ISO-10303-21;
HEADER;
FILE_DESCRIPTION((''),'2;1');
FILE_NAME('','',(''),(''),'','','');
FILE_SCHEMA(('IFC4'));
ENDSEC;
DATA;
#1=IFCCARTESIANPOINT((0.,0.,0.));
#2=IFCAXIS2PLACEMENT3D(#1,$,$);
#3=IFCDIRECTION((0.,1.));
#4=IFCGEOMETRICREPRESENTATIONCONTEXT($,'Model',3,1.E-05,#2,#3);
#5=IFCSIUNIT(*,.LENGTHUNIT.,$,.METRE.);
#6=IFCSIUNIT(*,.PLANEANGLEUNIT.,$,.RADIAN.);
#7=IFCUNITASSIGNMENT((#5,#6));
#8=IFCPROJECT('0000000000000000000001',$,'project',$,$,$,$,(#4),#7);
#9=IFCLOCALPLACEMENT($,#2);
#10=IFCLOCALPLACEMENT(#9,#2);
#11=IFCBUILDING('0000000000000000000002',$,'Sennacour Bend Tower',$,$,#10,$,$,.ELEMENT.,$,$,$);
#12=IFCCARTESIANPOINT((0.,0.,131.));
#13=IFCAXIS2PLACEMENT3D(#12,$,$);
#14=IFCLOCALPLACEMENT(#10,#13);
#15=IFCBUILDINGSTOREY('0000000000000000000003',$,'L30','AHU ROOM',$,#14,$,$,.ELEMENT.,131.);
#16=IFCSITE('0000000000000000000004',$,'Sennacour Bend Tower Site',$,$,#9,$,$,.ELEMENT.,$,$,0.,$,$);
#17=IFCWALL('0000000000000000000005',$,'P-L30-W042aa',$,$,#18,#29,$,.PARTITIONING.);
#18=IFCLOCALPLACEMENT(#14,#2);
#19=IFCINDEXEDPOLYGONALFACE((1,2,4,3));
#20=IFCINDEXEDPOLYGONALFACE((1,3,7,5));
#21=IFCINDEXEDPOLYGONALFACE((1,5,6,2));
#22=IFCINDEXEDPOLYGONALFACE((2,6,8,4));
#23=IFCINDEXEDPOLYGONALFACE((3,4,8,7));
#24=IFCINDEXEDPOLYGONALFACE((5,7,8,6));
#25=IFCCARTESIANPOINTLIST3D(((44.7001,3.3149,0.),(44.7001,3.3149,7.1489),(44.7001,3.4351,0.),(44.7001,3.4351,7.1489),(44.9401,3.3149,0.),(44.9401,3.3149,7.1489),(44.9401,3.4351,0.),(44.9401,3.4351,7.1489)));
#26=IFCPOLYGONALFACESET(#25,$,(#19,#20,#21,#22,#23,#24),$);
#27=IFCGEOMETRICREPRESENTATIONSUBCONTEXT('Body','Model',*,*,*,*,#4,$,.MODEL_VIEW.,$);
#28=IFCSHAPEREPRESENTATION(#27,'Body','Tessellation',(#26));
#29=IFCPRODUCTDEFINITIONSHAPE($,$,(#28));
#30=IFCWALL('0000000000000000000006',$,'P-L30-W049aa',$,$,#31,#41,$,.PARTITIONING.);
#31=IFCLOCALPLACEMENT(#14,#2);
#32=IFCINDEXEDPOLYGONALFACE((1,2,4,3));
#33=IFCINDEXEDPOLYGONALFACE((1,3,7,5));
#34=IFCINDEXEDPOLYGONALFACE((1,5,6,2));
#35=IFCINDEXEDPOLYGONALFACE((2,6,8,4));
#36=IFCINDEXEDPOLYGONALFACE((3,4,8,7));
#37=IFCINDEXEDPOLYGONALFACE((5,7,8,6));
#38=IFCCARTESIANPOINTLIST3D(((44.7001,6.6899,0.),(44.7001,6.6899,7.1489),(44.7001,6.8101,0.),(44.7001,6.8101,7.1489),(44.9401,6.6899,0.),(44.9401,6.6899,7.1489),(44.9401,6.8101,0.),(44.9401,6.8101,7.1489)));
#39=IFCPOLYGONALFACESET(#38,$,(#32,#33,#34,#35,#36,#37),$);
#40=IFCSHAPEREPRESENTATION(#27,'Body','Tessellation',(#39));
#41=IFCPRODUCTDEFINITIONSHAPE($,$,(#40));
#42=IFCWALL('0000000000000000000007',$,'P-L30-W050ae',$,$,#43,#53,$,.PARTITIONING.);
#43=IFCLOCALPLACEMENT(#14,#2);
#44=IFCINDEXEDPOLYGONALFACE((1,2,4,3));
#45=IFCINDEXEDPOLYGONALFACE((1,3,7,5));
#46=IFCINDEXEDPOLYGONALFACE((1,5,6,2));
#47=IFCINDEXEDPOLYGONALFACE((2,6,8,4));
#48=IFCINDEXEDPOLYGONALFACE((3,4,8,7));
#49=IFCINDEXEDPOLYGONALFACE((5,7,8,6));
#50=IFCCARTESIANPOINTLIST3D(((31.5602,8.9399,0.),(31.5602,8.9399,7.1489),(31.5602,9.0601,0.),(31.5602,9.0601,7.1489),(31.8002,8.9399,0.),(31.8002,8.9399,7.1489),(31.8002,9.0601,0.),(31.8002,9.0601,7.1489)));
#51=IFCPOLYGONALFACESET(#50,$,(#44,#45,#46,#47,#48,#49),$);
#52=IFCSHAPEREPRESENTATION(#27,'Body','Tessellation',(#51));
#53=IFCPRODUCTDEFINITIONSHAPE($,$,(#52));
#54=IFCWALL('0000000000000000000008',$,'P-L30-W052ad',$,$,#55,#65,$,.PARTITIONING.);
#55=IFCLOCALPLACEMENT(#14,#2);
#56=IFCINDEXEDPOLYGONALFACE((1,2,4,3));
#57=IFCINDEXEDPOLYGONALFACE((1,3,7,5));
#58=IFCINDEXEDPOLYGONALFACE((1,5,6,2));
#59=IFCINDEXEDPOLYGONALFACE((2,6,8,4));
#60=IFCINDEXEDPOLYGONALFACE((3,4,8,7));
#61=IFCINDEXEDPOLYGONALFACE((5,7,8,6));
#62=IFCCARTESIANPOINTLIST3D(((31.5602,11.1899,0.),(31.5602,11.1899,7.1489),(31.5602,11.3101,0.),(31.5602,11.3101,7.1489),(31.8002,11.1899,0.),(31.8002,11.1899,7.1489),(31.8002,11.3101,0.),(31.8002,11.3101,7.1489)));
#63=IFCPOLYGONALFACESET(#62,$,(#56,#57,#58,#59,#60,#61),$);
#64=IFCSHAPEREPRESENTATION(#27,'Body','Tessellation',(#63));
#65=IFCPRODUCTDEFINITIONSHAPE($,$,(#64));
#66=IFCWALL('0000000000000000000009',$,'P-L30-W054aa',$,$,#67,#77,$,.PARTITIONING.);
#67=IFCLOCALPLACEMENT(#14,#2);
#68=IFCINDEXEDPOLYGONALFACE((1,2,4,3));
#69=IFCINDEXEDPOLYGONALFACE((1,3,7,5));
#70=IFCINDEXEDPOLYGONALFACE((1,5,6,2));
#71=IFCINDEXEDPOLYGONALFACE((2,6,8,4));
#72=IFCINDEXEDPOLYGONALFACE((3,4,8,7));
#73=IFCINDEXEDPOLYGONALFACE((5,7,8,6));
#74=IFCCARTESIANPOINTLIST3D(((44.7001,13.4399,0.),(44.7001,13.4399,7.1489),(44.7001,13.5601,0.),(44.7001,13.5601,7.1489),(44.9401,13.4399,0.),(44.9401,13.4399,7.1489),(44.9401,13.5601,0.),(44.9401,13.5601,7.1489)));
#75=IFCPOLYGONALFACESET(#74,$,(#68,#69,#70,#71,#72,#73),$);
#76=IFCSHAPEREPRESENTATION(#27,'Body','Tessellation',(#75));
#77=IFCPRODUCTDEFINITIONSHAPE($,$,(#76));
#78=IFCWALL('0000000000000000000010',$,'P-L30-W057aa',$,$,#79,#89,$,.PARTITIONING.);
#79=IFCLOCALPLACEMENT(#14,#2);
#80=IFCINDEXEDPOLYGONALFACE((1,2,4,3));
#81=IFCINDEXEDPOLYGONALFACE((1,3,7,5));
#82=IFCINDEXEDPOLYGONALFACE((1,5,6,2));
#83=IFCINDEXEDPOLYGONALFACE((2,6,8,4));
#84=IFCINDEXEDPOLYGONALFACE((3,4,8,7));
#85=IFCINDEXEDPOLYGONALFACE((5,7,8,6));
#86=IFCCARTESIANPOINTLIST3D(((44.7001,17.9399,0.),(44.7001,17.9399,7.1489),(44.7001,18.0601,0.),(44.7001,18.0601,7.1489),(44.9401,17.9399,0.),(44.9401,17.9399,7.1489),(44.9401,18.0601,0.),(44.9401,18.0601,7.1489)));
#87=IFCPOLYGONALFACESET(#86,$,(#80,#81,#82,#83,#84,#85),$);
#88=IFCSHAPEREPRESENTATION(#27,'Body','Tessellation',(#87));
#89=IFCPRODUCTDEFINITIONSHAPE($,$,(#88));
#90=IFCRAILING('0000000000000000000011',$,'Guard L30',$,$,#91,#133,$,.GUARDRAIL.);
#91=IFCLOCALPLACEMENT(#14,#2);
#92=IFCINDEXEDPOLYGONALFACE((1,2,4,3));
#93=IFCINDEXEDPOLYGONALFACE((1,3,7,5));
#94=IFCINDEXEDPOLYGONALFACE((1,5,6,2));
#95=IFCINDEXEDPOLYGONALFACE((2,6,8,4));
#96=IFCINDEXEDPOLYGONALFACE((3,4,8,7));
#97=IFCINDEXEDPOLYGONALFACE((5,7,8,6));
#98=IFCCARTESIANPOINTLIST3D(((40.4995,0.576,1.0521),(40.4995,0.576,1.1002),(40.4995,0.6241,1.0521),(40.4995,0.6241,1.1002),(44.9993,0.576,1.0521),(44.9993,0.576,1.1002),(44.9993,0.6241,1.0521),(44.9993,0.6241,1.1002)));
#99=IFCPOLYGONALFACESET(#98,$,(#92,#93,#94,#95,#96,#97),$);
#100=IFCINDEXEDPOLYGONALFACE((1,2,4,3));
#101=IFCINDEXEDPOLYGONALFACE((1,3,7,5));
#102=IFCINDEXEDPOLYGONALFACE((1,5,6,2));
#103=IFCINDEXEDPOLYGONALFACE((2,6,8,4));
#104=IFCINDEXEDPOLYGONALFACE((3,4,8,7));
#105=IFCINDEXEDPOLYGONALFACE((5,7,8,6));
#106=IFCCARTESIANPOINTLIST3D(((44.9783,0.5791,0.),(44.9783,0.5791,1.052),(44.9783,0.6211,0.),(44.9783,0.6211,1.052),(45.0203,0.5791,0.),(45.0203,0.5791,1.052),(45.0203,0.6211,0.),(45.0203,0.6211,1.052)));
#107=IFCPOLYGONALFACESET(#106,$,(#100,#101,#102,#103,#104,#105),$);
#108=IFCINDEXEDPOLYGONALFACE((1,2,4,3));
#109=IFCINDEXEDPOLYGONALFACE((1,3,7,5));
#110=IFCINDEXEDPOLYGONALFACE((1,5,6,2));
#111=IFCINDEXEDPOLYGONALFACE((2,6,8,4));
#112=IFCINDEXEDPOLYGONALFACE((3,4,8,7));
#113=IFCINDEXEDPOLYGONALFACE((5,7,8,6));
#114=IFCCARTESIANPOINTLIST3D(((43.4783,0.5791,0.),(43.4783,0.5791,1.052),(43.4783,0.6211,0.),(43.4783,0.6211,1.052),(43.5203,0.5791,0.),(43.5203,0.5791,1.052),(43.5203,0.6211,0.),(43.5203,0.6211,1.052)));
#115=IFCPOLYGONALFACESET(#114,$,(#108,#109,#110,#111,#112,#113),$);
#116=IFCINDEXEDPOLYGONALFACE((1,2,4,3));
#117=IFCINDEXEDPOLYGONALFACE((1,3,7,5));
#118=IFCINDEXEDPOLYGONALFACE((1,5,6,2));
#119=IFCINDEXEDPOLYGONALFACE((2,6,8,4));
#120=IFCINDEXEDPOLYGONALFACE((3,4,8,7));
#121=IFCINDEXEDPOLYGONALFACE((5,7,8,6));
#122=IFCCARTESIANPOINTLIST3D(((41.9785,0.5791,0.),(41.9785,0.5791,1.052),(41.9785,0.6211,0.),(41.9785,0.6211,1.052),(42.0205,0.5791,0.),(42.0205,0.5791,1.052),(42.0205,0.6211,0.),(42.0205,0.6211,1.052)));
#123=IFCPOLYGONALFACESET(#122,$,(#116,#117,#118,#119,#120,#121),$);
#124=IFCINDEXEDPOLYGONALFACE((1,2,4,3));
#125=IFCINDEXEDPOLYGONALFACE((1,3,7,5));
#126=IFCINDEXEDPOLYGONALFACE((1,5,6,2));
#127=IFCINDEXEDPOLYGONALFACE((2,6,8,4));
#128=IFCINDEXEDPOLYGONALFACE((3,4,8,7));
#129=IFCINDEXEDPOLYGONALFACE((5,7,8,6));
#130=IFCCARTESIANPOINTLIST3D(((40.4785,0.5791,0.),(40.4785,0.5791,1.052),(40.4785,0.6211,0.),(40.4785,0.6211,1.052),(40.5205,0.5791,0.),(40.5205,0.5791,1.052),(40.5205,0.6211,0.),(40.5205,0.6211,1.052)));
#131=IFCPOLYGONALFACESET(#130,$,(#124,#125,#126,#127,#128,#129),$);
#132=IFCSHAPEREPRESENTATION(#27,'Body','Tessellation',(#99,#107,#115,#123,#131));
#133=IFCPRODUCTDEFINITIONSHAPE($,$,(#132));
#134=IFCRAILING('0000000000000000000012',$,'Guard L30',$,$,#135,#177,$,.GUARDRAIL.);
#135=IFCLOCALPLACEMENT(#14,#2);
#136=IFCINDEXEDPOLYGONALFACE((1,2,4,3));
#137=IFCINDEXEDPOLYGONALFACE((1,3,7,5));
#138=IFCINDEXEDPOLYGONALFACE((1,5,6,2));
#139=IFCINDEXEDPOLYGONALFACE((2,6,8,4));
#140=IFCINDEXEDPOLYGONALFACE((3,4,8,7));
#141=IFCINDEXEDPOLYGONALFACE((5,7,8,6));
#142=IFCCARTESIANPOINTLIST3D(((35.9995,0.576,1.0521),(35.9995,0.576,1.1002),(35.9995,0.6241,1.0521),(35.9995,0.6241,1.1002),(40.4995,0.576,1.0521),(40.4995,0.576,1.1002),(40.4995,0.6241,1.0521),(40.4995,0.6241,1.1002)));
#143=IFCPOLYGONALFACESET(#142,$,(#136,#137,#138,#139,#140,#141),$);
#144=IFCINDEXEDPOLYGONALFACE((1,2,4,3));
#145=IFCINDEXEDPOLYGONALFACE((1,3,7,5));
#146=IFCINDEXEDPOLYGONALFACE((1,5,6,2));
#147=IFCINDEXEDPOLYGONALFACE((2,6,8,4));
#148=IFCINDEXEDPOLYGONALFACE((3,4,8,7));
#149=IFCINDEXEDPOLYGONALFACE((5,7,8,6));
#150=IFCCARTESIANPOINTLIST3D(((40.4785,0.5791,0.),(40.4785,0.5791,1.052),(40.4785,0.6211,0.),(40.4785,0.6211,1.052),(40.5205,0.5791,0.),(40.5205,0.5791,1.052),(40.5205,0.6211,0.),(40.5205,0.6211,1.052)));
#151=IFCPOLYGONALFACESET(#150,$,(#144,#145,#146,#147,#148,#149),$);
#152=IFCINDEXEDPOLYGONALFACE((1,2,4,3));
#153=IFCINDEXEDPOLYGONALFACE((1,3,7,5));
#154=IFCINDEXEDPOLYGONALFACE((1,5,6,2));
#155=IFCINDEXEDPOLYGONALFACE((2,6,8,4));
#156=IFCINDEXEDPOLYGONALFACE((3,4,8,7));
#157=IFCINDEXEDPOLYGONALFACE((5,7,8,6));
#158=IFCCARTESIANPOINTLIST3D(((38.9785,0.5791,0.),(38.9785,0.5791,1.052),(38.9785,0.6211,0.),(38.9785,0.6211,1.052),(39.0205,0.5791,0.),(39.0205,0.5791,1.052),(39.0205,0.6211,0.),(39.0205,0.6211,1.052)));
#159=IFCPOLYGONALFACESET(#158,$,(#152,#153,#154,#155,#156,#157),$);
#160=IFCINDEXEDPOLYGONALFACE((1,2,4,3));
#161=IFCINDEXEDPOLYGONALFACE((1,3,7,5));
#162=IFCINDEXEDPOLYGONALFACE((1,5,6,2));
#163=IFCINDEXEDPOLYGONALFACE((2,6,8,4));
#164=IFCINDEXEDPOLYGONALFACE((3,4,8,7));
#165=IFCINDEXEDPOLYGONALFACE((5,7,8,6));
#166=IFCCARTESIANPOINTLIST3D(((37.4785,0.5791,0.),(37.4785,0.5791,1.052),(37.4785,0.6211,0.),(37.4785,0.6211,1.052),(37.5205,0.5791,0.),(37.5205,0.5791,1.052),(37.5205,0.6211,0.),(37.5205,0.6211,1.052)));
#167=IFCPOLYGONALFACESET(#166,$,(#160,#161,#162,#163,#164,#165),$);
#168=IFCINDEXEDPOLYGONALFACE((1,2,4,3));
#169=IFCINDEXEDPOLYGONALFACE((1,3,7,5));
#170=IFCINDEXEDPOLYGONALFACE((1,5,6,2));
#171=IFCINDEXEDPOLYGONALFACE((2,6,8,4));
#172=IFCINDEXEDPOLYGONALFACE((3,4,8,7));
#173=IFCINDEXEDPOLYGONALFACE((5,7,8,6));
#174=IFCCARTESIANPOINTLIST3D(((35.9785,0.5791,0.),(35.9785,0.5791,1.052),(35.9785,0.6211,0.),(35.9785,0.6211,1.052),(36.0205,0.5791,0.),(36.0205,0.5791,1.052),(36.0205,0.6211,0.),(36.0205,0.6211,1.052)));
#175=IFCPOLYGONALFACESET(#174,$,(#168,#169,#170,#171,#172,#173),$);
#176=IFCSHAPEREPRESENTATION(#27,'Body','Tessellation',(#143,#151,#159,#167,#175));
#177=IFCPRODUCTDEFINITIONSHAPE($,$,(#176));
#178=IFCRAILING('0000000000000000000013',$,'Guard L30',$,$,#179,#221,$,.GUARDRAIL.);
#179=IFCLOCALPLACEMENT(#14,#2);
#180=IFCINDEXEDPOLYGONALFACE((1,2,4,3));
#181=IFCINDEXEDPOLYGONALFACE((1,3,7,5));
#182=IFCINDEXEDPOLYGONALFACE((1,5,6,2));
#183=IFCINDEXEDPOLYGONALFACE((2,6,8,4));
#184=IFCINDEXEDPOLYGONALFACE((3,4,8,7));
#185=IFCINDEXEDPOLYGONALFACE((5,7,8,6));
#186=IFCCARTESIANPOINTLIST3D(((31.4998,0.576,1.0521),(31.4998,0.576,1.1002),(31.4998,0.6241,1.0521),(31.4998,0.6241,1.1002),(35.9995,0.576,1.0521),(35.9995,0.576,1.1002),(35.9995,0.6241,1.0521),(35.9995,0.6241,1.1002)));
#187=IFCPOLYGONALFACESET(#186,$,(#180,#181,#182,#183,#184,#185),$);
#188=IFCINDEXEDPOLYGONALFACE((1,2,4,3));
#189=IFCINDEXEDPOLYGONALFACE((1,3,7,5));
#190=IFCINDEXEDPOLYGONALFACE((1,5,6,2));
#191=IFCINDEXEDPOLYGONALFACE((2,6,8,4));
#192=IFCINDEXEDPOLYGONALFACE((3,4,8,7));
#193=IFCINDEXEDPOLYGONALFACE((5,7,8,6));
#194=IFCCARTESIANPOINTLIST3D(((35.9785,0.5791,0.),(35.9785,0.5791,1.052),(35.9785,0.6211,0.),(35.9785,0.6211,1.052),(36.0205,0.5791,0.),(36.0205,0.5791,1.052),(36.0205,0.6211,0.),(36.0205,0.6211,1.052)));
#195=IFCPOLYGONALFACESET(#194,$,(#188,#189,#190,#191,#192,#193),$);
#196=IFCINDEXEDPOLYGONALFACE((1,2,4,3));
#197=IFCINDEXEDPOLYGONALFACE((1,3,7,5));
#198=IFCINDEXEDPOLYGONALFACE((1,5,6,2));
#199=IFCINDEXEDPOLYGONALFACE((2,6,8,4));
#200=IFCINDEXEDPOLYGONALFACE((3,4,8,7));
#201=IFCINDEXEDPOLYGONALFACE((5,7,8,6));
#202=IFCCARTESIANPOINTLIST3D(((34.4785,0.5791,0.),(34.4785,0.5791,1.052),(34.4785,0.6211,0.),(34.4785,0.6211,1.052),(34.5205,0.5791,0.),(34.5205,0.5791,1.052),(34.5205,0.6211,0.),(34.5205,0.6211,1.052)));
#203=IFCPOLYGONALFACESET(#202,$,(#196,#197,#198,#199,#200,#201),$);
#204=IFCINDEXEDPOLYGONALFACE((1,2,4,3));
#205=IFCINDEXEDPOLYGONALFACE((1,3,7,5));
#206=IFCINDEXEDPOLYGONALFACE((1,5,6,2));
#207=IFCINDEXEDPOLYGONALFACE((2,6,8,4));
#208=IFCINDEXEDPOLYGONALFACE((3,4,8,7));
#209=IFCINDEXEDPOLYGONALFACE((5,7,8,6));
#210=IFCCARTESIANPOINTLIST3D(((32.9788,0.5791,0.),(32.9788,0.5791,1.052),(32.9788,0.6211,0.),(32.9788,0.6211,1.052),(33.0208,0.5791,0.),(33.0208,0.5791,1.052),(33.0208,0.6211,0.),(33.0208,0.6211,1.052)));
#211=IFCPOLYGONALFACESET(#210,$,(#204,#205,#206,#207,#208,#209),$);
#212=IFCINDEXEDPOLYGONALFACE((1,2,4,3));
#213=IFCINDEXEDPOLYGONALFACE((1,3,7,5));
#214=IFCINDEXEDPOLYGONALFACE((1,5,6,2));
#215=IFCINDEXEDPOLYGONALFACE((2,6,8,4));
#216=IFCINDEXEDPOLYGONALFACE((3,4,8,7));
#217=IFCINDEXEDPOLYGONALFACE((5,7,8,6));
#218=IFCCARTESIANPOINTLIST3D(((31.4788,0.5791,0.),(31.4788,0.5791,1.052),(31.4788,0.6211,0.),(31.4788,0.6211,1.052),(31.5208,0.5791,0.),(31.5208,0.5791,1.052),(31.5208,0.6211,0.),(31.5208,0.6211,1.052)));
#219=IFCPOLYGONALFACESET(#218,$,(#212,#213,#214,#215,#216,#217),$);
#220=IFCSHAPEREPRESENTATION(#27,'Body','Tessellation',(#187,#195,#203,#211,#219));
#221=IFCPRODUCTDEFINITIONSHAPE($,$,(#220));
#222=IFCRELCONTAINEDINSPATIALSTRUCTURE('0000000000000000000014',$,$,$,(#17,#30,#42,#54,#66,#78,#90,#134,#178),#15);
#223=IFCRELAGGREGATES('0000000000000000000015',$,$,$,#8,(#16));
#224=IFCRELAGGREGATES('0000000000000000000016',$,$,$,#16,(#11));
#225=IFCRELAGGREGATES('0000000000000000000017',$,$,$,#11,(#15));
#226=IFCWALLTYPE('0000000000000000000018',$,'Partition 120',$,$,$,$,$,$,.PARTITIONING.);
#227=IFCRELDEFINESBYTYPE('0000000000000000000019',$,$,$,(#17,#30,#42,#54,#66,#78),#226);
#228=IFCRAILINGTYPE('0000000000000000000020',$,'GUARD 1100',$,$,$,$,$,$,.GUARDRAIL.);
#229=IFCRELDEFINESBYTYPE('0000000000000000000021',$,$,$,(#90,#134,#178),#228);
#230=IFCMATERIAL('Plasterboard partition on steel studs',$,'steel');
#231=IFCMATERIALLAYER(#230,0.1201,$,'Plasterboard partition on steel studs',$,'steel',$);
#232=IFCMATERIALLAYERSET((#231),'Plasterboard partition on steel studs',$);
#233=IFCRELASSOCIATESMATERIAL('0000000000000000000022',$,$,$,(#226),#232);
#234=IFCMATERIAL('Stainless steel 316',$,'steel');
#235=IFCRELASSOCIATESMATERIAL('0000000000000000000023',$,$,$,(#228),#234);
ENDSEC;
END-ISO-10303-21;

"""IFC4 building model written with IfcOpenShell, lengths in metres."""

from ifc_helpers import new_model, si_unit, direction, frame, frame_2d, origin, origin_2d, place, context, subcontext, project, spatial, rectangle, extrude, material, layer, layer_set, type_object, element, save


model = new_model("IFC4")

# Units and contexts
model_context = context("Model", 3, precision=1e-05, world=origin(), true_north=direction((0.0, 1.0)))
body_context = subcontext(model_context, "Body", "Model", "MODEL_VIEW")
ifc_project = project(units=[si_unit("LENGTHUNIT", "METRE"), si_unit("PLANEANGLEUNIT", "RADIAN")], contexts=[model_context])

# Site, building, storey
site_placement = place(None, origin())
site = spatial("IfcSite", under=ifc_project, at=site_placement, Name="Sennacour Bend Tower Site", CompositionType="ELEMENT", RefElevation=0.0)
building_placement = place(site_placement, origin())
building = spatial("IfcBuilding", under=site, at=building_placement, Name="Sennacour Bend Tower", CompositionType="ELEMENT")
storey_placement = place(building_placement, frame((0.0, 0.0, 131.0)))
storey = spatial("IfcBuildingStorey", under=building, at=storey_placement, Name="L30", Description="AHU ROOM", CompositionType="ELEMENT", Elevation=131.0)

# Walls
ifc_material_1 = material(Name="Plasterboard partition on steel studs", Category="steel")
ifc_layer_1 = layer(ifc_material_1, 0.1201, Name="Plasterboard partition on steel studs", Category="steel")
ifc_layer_set_1 = layer_set([ifc_layer_1], Name="Plasterboard partition on steel studs")
wall_type = type_object("IfcWallType", Name="Partition 120", PredefinedType="PARTITIONING", material=ifc_layer_set_1)
for number, where, z_axis, x_axis, name in (
    (1, (44.7, 3.375, 0.0), (0.0, 0.0, 1.0), (1.0, 0.0, 0.0), "P-L30-W042aa"),
    (2, (44.7, 6.75, 0.0), (0.0, 0.0, 1.0), (1.0, 0.0, 0.0), "P-L30-W049aa"),
    (3, (31.5601, 9.0, 0.0), (0.0, 0.0, 1.0), (1.0, 0.0, 0.0), "P-L30-W050ae"),
    (4, (31.5601, 11.25, 0.0), (0.0, 0.0, 1.0), (1.0, 0.0, 0.0), "P-L30-W052ad"),
    (5, (44.7, 13.5, 0.0), (0.0, 0.0, 1.0), (1.0, 0.0, 0.0), "P-L30-W054aa"),
    (6, (44.7, 18.0, 0.0), (0.0, 0.0, 1.0), (1.0, 0.0, 0.0), "P-L30-W057aa"),
):
    element("IfcWall", number, at=place(storey_placement, frame(where, z_axis=z_axis, x_axis=x_axis)), inside=storey, type_object=wall_type, Name=name, PredefinedType="PARTITIONING", context=body_context, shape_type="SweptSolid", body=[
        extrude(rectangle(XDim=0.24, YDim=0.1201, at=frame_2d((0.1201, 0.0))), origin(), (0.0, 0.0, 1.0), 7.1489),
    ])

# Railings
ifc_material_2 = material(Name="Stainless steel 316", Category="steel")
railing_type = type_object("IfcRailingType", Name="GUARD 1100", PredefinedType="GUARDRAIL", material=ifc_material_2)
railing_1_placement = place(storey_placement, frame((44.9993, 0.6001, 0.0)))
element("IfcRailing", 7, at=railing_1_placement, inside=storey, type_object=railing_type, Name="Guard L30", PredefinedType="GUARDRAIL", context=body_context, shape_type="SweptSolid", body=[
    extrude(rectangle(XDim=0.0481, YDim=0.0481, at=origin_2d()), frame((0.0, 0.0, 1.0762), z_axis=(-1.0, 0.0, 0.0), x_axis=(0.0, -1.0, 0.0)), (0.0, 0.0, 1.0), 4.4998),
    extrude(rectangle(XDim=0.042, YDim=0.042, at=origin_2d()), origin(), (0.0, 0.0, 1.0), 1.052),
    extrude(rectangle(XDim=0.042, YDim=0.042, at=origin_2d()), frame((-1.5, 0.0, 0.0)), (0.0, 0.0, 1.0), 1.052),
    extrude(rectangle(XDim=0.042, YDim=0.042, at=origin_2d()), frame((-2.9998, 0.0, 0.0)), (0.0, 0.0, 1.0), 1.052),
    extrude(rectangle(XDim=0.042, YDim=0.042, at=origin_2d()), frame((-4.4998, 0.0, 0.0)), (0.0, 0.0, 1.0), 1.052),
])
railing_2_placement = place(storey_placement, frame((40.4995, 0.6001, 0.0)))
element("IfcRailing", 8, at=railing_2_placement, inside=storey, type_object=railing_type, Name="Guard L30", PredefinedType="GUARDRAIL", context=body_context, shape_type="SweptSolid", body=[
    extrude(rectangle(XDim=0.0481, YDim=0.0481, at=origin_2d()), frame((0.0, 0.0, 1.0762), z_axis=(-1.0, 0.0, 0.0), x_axis=(0.0, -1.0, 0.0)), (0.0, 0.0, 1.0), 4.5),
    extrude(rectangle(XDim=0.042, YDim=0.042, at=origin_2d()), origin(), (0.0, 0.0, 1.0), 1.052),
    extrude(rectangle(XDim=0.042, YDim=0.042, at=origin_2d()), frame((-1.5, 0.0, 0.0)), (0.0, 0.0, 1.0), 1.052),
    extrude(rectangle(XDim=0.042, YDim=0.042, at=origin_2d()), frame((-3.0, 0.0, 0.0)), (0.0, 0.0, 1.0), 1.052),
    extrude(rectangle(XDim=0.042, YDim=0.042, at=origin_2d()), frame((-4.5, 0.0, 0.0)), (0.0, 0.0, 1.0), 1.052),
])
railing_3_placement = place(storey_placement, frame((35.9995, 0.6001, 0.0)))
element("IfcRailing", 9, at=railing_3_placement, inside=storey, type_object=railing_type, Name="Guard L30", PredefinedType="GUARDRAIL", context=body_context, shape_type="SweptSolid", body=[
    extrude(rectangle(XDim=0.0481, YDim=0.0481, at=origin_2d()), frame((0.0, 0.0, 1.0762), z_axis=(-1.0, 0.0, 0.0), x_axis=(0.0, -1.0, 0.0)), (0.0, 0.0, 1.0), 4.4998),
    extrude(rectangle(XDim=0.042, YDim=0.042, at=origin_2d()), origin(), (0.0, 0.0, 1.0), 1.052),
    extrude(rectangle(XDim=0.042, YDim=0.042, at=origin_2d()), frame((-1.5, 0.0, 0.0)), (0.0, 0.0, 1.0), 1.052),
    extrude(rectangle(XDim=0.042, YDim=0.042, at=origin_2d()), frame((-2.9998, 0.0, 0.0)), (0.0, 0.0, 1.0), 1.052),
    extrude(rectangle(XDim=0.042, YDim=0.042, at=origin_2d()), frame((-4.4998, 0.0, 0.0)), (0.0, 0.0, 1.0), 1.052),
])

save(model, "model.ifc")
